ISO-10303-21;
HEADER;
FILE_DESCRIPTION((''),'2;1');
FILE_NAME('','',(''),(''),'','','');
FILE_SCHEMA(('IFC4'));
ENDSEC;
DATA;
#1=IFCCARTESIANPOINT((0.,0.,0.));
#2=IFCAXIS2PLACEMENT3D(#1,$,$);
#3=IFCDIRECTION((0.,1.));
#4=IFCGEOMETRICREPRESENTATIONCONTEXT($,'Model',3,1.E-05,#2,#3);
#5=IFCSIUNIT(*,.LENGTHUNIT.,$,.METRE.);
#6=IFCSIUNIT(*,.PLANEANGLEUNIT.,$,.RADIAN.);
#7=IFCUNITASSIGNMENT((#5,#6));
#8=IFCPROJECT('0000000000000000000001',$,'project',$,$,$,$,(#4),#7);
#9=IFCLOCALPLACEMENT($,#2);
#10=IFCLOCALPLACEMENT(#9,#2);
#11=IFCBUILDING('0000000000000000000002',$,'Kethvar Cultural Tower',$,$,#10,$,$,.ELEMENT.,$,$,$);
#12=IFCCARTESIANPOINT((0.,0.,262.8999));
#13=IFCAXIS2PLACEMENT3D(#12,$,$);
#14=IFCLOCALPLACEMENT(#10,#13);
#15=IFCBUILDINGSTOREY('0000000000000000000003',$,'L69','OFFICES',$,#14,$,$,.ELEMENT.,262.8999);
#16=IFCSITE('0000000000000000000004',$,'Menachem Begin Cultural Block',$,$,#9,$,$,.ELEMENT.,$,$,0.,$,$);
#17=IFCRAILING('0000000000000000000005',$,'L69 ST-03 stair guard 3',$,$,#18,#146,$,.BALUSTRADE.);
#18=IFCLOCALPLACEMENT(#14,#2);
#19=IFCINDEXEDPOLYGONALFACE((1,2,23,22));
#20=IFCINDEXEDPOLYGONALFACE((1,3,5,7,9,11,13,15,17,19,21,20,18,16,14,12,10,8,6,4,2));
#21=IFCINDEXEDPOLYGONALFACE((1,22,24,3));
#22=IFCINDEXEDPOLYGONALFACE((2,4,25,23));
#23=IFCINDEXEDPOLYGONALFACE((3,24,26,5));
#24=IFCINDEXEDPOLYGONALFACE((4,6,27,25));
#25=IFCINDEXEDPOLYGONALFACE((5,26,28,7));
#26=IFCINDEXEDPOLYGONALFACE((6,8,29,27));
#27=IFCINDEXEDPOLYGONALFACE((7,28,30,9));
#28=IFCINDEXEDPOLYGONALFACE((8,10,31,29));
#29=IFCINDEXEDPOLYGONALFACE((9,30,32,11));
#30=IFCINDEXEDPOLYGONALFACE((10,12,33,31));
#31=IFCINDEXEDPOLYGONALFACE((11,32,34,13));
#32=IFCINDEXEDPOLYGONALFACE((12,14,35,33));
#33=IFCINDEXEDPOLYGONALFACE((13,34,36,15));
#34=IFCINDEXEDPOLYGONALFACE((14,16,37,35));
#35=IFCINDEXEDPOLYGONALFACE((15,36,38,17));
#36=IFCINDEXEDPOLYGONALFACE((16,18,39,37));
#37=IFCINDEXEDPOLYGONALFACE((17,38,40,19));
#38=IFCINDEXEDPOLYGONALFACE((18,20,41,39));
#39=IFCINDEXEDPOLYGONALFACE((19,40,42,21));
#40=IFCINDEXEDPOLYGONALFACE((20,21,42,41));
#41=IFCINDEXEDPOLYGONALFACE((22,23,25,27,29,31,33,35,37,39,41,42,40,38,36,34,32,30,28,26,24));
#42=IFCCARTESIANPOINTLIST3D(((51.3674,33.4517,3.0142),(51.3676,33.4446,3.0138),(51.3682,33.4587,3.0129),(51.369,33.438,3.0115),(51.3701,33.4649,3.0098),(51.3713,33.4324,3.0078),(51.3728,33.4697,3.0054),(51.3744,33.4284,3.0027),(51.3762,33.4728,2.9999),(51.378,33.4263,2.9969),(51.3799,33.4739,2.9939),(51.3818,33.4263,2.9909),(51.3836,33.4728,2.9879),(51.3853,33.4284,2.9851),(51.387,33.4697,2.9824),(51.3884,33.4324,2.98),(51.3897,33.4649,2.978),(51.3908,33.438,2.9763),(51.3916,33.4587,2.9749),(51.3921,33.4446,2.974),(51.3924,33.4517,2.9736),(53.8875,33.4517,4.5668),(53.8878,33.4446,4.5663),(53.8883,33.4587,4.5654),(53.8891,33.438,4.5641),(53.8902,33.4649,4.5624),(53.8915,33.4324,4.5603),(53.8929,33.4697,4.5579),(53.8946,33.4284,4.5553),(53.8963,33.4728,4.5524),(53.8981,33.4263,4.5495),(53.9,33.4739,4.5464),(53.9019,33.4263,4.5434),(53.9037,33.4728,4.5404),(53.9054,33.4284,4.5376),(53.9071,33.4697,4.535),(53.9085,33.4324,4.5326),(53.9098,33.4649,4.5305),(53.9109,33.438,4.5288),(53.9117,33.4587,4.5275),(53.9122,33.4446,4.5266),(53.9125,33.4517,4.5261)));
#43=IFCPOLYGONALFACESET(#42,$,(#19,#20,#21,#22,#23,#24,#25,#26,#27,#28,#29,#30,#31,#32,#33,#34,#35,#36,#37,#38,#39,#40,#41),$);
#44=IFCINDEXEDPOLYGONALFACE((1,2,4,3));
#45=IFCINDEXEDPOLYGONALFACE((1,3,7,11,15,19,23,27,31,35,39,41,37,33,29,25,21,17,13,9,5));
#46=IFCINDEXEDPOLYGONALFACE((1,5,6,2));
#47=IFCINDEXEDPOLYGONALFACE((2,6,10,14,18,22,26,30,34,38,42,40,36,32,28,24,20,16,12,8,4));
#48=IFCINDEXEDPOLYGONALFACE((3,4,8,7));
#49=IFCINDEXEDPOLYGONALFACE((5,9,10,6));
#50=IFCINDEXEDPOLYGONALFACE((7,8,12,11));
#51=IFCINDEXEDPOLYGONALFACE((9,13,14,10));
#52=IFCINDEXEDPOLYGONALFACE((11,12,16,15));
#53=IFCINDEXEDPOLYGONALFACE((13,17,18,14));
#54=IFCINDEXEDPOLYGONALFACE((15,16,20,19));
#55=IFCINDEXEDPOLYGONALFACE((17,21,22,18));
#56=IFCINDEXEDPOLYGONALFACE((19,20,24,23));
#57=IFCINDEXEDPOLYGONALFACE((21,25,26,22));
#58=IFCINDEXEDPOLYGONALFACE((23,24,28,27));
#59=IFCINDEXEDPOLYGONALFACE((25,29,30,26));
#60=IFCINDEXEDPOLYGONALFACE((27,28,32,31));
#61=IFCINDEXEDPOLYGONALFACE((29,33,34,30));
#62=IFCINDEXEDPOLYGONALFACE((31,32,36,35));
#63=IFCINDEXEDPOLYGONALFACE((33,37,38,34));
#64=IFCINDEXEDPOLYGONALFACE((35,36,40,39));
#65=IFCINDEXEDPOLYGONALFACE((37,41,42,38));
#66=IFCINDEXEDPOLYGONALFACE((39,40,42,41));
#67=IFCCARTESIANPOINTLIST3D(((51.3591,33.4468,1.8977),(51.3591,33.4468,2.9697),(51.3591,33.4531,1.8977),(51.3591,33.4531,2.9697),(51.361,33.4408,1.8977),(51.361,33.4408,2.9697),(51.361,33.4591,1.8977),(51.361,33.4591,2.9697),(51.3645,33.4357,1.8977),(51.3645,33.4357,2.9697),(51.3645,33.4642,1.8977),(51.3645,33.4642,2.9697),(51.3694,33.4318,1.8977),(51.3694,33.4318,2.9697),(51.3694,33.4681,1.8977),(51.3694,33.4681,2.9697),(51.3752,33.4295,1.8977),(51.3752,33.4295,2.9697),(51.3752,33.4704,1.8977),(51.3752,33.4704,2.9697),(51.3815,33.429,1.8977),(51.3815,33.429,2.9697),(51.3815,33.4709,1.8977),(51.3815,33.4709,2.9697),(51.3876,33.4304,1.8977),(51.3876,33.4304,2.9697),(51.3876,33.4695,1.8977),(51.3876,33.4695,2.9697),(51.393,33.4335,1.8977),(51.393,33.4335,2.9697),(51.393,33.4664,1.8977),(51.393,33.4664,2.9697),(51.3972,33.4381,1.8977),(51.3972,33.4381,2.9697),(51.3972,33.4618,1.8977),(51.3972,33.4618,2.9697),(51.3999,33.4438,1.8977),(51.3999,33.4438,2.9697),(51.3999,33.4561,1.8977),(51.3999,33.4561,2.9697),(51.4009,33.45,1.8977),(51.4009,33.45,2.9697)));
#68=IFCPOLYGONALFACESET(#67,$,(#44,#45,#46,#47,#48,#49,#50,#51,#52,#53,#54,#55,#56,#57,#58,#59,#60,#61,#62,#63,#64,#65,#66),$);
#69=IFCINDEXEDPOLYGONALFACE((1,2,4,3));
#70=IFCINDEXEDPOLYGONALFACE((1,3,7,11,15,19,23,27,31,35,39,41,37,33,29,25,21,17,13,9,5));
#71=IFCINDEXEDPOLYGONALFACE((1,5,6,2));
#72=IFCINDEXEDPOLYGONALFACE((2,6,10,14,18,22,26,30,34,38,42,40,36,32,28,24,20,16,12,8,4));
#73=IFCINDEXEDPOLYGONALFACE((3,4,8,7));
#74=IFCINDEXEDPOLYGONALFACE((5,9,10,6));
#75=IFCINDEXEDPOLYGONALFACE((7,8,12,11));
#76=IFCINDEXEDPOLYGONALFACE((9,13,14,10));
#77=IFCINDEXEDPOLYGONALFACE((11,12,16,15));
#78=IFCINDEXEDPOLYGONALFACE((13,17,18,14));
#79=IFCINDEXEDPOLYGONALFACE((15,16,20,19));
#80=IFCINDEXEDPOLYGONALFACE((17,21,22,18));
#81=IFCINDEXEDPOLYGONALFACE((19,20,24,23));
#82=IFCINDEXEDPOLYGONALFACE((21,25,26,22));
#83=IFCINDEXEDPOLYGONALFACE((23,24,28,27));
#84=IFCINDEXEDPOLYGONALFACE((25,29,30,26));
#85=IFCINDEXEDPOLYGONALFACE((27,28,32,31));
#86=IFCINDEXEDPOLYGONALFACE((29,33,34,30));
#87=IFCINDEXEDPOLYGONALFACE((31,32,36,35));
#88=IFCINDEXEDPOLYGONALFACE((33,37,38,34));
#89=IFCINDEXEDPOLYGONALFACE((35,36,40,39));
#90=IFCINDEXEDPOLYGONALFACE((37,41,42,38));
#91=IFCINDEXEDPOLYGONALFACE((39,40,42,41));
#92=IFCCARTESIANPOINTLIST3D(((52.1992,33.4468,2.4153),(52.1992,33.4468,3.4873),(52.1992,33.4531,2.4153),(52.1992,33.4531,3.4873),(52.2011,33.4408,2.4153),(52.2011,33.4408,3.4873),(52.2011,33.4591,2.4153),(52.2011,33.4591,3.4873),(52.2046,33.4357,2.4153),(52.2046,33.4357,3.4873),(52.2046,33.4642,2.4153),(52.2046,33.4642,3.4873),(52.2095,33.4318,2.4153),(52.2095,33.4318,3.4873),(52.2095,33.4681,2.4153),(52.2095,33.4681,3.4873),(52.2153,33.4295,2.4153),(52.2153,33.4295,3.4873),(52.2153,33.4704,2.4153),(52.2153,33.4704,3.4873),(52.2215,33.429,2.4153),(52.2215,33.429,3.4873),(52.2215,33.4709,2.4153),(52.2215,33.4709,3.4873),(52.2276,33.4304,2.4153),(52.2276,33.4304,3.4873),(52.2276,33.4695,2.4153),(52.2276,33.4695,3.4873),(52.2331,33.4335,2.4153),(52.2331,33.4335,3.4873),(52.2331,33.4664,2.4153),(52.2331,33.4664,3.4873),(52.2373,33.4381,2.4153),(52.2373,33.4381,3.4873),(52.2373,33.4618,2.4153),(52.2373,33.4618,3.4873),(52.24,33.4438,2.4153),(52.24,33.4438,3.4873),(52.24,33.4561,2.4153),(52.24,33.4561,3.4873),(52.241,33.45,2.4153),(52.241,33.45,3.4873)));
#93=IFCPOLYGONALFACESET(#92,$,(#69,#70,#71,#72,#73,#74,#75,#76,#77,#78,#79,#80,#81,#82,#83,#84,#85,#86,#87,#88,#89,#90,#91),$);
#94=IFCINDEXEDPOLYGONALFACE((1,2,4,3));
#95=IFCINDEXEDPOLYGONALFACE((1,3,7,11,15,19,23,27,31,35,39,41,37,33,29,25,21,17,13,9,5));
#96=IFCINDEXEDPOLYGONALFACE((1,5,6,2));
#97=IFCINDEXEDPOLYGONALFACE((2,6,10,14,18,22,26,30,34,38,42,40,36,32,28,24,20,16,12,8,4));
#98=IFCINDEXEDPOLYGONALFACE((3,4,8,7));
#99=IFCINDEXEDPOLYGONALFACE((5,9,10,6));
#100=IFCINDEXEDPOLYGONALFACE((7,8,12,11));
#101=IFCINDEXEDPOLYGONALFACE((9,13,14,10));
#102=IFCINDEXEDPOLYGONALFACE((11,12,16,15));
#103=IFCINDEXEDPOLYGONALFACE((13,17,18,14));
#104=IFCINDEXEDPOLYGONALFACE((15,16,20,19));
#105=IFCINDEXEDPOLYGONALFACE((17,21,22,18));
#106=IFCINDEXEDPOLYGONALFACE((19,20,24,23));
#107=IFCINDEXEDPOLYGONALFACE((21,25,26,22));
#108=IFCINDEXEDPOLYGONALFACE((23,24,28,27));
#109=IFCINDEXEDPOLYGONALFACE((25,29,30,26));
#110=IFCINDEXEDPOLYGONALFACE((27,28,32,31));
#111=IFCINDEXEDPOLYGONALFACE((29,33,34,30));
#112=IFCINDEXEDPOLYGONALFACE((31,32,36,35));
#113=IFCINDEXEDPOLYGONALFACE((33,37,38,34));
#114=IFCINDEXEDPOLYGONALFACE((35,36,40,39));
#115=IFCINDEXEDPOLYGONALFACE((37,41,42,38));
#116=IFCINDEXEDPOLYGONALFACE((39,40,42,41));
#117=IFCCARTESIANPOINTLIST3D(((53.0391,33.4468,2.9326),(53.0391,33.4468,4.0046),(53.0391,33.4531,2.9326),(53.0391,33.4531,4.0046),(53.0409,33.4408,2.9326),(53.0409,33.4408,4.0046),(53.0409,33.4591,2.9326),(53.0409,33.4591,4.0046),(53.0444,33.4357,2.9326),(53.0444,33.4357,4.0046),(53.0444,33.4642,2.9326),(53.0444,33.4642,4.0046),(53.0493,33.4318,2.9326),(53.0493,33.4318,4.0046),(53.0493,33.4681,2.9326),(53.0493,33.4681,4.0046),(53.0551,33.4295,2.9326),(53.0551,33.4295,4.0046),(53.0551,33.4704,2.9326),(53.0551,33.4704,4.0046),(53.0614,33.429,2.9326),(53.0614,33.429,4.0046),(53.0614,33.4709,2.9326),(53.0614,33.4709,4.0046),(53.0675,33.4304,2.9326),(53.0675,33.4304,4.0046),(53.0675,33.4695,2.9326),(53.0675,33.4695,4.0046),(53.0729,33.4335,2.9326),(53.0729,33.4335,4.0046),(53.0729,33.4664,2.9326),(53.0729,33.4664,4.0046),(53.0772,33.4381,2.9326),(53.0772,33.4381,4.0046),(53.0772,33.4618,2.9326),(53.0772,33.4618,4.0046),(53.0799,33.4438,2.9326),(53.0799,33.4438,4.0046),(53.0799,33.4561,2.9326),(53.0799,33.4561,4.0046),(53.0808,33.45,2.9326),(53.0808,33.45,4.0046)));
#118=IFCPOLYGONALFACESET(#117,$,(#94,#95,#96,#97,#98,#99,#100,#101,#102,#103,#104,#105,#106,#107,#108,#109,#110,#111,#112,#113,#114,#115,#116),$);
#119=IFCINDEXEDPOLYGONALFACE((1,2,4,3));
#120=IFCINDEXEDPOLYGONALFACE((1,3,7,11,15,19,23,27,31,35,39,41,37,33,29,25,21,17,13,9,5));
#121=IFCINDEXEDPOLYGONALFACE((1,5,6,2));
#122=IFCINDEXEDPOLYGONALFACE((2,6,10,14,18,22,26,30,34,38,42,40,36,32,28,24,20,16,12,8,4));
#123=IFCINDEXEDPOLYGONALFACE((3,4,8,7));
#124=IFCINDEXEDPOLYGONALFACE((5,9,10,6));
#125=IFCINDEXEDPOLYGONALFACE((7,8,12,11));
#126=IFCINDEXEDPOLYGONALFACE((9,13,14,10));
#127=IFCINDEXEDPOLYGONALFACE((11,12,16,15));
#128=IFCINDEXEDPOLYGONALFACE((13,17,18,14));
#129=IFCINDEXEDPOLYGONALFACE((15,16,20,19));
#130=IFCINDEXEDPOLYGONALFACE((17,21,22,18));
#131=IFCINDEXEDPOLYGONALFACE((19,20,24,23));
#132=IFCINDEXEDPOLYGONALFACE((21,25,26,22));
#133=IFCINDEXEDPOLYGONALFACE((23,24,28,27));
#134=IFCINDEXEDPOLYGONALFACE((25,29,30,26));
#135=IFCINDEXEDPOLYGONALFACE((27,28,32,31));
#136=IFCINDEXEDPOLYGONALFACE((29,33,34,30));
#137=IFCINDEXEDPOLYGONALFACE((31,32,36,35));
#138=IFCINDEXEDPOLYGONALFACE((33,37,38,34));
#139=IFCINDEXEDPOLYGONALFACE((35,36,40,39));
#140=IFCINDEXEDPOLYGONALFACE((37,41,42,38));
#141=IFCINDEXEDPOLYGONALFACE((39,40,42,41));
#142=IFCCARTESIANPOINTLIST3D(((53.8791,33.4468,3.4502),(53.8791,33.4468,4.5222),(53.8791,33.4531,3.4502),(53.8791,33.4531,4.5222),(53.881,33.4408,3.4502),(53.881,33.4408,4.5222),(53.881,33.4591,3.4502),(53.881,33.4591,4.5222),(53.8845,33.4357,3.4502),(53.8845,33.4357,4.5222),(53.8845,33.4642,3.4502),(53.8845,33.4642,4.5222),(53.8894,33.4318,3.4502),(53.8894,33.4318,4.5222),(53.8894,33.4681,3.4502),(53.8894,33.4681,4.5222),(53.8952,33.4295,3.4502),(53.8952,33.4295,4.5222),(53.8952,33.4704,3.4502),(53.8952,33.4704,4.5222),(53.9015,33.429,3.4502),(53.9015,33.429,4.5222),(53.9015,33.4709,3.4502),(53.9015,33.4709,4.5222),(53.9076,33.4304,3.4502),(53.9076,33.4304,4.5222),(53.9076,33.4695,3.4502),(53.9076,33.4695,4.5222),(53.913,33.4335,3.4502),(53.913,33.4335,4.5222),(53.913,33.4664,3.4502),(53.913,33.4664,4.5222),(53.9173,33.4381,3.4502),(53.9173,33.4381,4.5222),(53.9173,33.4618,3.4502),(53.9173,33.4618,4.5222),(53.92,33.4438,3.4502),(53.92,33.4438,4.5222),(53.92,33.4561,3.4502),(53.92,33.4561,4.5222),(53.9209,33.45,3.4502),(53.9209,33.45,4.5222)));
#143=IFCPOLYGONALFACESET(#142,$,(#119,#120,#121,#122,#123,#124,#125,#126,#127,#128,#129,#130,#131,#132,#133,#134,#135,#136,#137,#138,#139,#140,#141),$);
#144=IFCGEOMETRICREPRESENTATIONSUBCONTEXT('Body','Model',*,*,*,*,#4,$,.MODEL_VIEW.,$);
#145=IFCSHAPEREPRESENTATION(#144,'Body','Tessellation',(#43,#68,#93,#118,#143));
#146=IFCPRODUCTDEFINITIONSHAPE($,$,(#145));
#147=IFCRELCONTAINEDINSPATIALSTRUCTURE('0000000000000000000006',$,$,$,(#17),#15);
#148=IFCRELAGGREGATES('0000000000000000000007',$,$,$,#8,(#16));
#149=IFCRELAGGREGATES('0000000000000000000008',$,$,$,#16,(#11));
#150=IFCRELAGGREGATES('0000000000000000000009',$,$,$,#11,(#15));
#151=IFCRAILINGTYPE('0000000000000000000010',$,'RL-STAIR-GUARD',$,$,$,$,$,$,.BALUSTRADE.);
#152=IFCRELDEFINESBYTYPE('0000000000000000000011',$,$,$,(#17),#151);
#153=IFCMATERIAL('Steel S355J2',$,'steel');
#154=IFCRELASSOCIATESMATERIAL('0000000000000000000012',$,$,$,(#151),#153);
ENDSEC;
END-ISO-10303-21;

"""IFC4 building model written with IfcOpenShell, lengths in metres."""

from ifc_helpers import new_model, si_unit, direction, frame, origin, origin_2d, place, context, subcontext, project, spatial, circle, extrude, material, type_object, element, save


model = new_model("IFC4")

# Units and contexts
model_context = context("Model", 3, precision=1e-05, world=origin(), true_north=direction((0.0, 1.0)))
body_context = subcontext(model_context, "Body", "Model", "MODEL_VIEW")
ifc_project = project(units=[si_unit("LENGTHUNIT", "METRE"), si_unit("PLANEANGLEUNIT", "RADIAN")], contexts=[model_context])

# Site, building, storey
site_placement = place(None, origin())
site = spatial("IfcSite", under=ifc_project, at=site_placement, Name="Menachem Begin Cultural Block", CompositionType="ELEMENT", RefElevation=0.0)
building_placement = place(site_placement, origin())
building = spatial("IfcBuilding", under=site, at=building_placement, Name="Kethvar Cultural Tower", CompositionType="ELEMENT")
storey_placement = place(building_placement, frame((0.0, 0.0, 262.8999)))
storey = spatial("IfcBuildingStorey", under=building, at=storey_placement, Name="L69", Description="OFFICES", CompositionType="ELEMENT", Elevation=262.8999)

# Shared definitions
ifc_material_1 = material(Name="Steel S355J2", Category="steel")

# Railing
railing_type_1 = type_object("IfcRailingType", Name="RL-STAIR-GUARD", PredefinedType="BALUSTRADE", material=ifc_material_1)
railing_1_placement = place(storey_placement, frame((51.3799, 33.45, 1.8977)))
element("IfcRailing", 1, at=railing_1_placement, inside=storey, type_object=railing_type_1, Name="L69 ST-03 stair guard 3", PredefinedType="BALUSTRADE", context=body_context, shape_type="SweptSolid", body=[
    extrude(circle(Radius=0.0239, at=origin_2d()), frame((0.0, 0.0, 1.0962), z_axis=(0.8514, 0.0, 0.524516), x_axis=(0.0, 1.0, 0.0)), (0.0, 0.0, 1.0), 2.96),
    extrude(circle(Radius=0.021, at=origin_2d()), origin(), (0.0, 0.0, 1.0), 1.072),
    extrude(circle(Radius=0.021, at=origin_2d()), frame((0.8401, 0.0, 0.5176)), (0.0, 0.0, 1.0), 1.072),
    extrude(circle(Radius=0.021, at=origin_2d()), frame((1.6799, 0.0, 1.0349)), (0.0, 0.0, 1.0), 1.072),
    extrude(circle(Radius=0.021, at=origin_2d()), frame((2.52, 0.0, 1.5525)), (0.0, 0.0, 1.0), 1.072),
])

save(model, "model.ifc")
